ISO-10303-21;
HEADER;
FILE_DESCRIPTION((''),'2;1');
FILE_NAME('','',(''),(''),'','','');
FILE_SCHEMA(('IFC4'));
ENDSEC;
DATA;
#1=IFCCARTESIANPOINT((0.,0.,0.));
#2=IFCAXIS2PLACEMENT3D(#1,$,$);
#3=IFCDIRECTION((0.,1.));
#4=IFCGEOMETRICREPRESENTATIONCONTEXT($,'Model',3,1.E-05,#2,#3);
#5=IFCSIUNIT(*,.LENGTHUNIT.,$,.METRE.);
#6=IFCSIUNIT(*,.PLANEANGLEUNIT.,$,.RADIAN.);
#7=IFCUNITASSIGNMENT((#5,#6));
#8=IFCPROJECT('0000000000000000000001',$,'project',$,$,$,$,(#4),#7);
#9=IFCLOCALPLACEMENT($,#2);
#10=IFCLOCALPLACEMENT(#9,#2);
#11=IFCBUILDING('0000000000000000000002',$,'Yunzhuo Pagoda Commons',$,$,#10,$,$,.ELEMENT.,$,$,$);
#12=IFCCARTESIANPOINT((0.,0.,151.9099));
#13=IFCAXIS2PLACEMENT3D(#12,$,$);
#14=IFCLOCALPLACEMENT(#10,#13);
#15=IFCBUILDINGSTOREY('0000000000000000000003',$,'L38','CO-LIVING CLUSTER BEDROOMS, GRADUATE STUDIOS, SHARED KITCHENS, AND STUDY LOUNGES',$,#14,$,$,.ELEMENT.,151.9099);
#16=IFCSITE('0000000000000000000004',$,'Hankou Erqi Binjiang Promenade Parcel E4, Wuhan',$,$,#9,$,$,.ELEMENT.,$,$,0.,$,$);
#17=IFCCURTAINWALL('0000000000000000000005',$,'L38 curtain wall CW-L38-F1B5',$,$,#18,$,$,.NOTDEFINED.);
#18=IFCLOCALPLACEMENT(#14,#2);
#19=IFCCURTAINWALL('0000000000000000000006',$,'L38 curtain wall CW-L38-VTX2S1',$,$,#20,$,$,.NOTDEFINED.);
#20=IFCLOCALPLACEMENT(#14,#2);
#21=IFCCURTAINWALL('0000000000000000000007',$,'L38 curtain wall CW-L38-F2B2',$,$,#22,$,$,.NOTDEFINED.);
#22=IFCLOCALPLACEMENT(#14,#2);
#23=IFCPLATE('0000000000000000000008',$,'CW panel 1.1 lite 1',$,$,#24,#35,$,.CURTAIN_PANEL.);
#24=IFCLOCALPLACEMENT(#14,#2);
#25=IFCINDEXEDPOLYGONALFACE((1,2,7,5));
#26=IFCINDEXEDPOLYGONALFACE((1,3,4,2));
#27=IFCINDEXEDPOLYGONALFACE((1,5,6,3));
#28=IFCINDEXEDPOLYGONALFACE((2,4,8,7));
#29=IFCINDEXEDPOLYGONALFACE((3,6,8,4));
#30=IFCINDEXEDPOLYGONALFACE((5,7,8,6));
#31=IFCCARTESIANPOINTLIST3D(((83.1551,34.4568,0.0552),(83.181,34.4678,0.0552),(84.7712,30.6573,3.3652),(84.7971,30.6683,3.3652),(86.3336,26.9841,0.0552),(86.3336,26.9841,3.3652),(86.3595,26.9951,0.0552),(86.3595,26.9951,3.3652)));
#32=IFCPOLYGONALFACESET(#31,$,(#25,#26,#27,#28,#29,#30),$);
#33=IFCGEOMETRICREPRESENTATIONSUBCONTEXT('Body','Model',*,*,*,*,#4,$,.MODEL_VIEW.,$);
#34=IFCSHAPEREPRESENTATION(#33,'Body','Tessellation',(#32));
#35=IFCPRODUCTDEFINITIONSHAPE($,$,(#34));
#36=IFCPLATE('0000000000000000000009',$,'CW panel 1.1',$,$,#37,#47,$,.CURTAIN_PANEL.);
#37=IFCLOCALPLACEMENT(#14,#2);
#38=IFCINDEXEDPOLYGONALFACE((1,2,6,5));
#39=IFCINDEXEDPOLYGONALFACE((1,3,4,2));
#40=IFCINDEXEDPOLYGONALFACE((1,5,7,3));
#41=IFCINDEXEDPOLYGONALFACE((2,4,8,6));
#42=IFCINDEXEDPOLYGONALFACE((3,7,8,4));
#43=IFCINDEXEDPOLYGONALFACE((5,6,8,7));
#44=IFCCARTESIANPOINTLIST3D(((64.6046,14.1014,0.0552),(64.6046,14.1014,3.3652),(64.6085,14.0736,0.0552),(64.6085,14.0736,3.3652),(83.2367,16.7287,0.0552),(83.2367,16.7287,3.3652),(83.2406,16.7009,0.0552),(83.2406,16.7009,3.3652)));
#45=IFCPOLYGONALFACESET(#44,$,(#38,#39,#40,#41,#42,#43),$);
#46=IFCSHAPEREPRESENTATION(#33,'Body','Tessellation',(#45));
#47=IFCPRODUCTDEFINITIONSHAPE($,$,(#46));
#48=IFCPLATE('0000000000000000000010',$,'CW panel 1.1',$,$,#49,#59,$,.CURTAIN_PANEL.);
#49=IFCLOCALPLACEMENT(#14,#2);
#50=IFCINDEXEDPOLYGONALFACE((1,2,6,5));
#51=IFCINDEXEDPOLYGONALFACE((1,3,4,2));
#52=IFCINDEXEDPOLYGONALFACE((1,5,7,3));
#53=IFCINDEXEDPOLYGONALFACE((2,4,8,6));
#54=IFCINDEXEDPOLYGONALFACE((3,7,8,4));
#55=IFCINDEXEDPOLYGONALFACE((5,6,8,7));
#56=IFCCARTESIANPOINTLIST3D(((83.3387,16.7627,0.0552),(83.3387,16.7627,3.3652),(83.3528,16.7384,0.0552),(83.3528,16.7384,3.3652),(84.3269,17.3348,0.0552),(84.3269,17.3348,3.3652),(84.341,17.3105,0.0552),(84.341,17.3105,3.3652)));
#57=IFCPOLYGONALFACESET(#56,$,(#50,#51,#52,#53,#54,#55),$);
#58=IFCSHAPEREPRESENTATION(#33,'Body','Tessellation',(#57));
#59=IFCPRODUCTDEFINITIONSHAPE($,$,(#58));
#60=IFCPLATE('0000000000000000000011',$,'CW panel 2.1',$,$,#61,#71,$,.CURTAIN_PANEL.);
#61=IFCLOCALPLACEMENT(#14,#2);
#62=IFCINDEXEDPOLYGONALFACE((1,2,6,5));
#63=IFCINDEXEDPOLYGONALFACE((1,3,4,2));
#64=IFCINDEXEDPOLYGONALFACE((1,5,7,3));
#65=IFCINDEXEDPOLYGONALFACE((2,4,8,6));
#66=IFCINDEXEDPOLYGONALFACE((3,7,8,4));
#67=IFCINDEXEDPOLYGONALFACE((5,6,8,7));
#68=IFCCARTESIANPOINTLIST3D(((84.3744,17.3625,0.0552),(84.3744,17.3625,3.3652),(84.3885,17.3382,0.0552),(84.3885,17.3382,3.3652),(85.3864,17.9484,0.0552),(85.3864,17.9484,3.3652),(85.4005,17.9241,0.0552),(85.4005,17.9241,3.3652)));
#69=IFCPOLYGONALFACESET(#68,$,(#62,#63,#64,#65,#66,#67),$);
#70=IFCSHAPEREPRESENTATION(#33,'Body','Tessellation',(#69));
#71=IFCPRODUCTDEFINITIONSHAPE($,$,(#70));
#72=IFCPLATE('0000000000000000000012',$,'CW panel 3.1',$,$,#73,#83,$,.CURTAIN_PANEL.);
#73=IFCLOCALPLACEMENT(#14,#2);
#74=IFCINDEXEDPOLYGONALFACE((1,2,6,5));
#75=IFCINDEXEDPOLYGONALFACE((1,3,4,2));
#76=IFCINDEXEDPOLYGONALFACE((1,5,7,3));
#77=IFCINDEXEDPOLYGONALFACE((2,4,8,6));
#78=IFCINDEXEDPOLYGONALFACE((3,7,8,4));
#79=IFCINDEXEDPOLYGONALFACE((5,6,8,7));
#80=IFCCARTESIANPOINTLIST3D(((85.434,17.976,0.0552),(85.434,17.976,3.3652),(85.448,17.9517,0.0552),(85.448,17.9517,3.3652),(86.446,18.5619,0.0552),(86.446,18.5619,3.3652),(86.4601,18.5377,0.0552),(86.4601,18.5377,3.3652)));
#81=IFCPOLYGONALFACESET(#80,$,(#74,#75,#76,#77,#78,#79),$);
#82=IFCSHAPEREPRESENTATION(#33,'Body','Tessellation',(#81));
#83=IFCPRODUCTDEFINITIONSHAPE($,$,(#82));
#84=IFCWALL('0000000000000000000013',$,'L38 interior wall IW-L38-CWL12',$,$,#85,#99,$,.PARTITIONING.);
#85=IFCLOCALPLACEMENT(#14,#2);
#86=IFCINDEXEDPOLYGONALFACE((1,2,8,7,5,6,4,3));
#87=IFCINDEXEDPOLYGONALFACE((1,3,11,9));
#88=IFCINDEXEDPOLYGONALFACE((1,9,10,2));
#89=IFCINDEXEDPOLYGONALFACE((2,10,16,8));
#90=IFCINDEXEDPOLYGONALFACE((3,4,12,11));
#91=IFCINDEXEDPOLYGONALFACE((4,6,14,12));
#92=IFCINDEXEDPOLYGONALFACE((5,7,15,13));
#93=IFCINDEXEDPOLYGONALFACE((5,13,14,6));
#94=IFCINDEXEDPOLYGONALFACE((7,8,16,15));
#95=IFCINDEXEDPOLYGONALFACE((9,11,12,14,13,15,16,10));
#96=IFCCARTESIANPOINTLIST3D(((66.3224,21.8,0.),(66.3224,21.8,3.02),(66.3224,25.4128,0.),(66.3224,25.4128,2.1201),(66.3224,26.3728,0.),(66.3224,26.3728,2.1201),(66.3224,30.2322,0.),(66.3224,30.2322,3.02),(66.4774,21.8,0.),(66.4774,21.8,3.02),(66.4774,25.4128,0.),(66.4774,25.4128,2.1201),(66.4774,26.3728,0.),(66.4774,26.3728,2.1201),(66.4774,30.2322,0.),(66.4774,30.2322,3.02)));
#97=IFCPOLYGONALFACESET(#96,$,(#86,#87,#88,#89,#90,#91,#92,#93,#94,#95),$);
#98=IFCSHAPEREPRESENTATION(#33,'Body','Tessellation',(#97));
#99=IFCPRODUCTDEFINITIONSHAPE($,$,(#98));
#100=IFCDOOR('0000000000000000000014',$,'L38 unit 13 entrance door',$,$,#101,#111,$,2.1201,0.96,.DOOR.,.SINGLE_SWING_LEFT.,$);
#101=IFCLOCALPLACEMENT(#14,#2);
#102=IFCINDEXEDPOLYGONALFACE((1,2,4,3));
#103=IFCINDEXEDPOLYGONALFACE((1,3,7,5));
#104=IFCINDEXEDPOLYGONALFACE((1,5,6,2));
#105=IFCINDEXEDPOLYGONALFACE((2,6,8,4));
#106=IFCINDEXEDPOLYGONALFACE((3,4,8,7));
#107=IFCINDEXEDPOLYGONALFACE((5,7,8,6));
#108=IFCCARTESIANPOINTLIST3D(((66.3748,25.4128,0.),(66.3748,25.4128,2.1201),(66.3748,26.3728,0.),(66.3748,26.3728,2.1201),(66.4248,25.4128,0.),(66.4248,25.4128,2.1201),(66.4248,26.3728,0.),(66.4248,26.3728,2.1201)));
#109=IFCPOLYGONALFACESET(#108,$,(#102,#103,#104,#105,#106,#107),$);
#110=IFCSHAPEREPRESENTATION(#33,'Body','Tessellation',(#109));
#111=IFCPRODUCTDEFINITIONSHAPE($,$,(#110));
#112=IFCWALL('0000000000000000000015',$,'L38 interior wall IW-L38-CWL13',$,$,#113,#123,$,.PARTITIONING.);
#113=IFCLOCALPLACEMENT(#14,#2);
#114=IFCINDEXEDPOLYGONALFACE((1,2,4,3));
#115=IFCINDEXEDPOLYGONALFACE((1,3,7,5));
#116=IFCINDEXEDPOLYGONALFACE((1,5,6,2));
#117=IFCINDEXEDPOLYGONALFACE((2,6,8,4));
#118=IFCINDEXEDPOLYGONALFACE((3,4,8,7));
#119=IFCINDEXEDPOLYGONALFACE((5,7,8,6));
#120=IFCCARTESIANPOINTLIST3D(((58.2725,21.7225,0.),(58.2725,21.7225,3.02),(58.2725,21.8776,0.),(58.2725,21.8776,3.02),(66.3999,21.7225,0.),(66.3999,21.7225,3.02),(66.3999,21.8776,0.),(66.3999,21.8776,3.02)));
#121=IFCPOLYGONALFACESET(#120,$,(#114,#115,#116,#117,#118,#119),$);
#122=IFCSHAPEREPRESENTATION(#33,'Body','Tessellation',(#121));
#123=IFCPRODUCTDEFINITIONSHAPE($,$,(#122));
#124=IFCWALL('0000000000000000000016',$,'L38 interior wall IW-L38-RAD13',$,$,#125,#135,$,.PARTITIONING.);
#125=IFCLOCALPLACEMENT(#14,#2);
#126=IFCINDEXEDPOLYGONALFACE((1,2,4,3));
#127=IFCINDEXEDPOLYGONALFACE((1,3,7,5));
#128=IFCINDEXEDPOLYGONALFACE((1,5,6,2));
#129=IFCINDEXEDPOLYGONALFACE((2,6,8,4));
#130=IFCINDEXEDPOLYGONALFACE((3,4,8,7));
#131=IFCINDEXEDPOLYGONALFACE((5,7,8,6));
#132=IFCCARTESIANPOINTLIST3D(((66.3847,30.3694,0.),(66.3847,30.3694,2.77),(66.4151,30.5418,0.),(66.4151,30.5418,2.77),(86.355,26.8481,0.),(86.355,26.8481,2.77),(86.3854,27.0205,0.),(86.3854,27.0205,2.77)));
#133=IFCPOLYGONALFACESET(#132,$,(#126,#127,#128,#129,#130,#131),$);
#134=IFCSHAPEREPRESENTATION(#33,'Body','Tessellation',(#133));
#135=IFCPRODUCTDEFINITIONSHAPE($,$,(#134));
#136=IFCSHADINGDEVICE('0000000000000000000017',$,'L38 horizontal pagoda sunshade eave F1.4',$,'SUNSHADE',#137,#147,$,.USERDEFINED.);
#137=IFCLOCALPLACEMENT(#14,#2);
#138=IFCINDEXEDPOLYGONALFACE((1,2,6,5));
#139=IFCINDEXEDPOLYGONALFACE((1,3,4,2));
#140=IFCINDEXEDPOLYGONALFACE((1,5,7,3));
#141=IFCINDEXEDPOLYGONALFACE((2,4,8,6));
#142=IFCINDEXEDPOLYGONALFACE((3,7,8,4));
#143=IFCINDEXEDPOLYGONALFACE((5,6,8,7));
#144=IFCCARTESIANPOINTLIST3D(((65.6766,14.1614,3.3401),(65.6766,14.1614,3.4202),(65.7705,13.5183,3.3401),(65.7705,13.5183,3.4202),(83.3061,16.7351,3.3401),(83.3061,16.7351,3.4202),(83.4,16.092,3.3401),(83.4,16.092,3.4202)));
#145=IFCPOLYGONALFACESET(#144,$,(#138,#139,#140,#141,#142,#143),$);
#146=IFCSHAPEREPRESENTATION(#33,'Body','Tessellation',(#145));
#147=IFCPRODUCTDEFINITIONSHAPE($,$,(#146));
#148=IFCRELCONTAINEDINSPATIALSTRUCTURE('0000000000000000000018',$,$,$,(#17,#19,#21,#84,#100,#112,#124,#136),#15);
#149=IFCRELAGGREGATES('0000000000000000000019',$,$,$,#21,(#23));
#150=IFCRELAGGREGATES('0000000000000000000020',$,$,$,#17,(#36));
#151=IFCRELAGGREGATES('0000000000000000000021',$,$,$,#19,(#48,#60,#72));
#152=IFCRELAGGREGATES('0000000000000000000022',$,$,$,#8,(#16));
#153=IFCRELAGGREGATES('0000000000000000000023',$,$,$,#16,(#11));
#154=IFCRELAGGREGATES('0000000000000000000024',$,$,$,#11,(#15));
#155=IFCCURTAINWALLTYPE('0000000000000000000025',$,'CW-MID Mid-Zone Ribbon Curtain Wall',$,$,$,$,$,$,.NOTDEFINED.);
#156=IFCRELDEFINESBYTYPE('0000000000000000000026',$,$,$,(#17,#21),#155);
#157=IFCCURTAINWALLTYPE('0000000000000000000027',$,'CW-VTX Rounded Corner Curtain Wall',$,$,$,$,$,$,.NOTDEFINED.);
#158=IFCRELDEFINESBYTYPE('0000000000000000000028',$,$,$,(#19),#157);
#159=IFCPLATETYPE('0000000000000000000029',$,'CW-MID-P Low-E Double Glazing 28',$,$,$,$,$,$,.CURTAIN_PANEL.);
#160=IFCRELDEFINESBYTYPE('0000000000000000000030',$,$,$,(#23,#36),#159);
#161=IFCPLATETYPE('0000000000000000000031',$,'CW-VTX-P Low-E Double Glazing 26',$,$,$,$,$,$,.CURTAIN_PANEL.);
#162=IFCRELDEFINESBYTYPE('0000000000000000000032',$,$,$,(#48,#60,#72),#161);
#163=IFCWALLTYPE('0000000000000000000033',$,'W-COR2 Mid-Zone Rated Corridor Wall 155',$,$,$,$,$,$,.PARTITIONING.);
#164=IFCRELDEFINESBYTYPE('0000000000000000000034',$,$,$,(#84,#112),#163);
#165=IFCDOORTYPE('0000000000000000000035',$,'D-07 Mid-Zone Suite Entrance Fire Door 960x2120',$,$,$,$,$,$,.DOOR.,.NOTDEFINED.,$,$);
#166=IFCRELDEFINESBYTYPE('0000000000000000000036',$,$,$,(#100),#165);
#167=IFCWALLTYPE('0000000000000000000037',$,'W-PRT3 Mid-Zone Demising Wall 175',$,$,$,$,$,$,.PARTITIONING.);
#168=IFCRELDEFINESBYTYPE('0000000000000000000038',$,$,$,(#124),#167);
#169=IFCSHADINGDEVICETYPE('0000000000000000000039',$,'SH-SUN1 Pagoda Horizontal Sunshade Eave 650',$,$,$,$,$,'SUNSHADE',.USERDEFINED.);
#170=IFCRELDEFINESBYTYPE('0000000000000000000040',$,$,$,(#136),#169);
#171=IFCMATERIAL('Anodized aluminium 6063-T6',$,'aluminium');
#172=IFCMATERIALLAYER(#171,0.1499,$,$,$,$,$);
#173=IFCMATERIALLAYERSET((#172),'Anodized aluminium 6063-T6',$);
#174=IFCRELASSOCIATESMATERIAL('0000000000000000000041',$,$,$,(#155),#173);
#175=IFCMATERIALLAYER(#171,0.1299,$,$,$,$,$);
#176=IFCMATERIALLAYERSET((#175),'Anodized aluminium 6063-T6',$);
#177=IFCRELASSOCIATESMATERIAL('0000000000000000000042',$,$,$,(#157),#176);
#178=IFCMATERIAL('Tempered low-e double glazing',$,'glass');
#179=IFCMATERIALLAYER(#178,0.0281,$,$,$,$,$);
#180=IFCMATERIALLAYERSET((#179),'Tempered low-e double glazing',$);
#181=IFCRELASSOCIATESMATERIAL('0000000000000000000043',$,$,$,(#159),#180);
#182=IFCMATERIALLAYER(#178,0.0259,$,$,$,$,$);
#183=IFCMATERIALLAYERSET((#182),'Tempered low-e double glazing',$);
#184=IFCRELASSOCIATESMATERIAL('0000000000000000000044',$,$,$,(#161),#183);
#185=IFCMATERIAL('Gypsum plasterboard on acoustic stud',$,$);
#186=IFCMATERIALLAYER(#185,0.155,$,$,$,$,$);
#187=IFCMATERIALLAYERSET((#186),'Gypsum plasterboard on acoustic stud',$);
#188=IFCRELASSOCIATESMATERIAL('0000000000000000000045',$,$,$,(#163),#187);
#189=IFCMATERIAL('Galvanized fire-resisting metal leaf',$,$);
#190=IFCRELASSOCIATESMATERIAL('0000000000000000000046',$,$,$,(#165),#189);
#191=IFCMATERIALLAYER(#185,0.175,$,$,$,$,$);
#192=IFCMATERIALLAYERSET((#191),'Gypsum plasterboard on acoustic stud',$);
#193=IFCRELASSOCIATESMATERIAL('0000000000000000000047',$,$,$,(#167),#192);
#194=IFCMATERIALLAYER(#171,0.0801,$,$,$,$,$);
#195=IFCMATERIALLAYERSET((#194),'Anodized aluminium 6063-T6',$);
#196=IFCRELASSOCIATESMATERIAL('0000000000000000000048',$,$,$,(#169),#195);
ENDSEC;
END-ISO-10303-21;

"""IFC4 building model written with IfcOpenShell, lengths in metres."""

from ifc_helpers import new_model, si_unit, direction, frame, frame_2d, origin, origin_with_axes, origin_2d, place, context, subcontext, project, spatial, polyline, rectangle, outline, extrude, source, transform, mapped, material, layer, layer_set, type_object, element, fill, aggregate, save


model = new_model("IFC4")

# Units and contexts
model_context = context("Model", 3, precision=1e-05, world=origin(), true_north=direction((0.0, 1.0)))
body_context = subcontext(model_context, "Body", "Model", "MODEL_VIEW")
ifc_project = project(units=[si_unit("LENGTHUNIT", "METRE"), si_unit("PLANEANGLEUNIT", "RADIAN")], contexts=[model_context])

# Site, building, storey
site_placement = place(None, origin())
site = spatial("IfcSite", under=ifc_project, at=site_placement, Name="Hankou Erqi Binjiang Promenade Parcel E4, Wuhan", CompositionType="ELEMENT", RefElevation=0.0)
building_placement = place(site_placement, origin())
building = spatial("IfcBuilding", under=site, at=building_placement, Name="Yunzhuo Pagoda Commons", CompositionType="ELEMENT")
storey_placement = place(building_placement, frame((0.0, 0.0, 151.9099)))
storey = spatial("IfcBuildingStorey", under=building, at=storey_placement, Name="L38", Description="CO-LIVING CLUSTER BEDROOMS, GRADUATE STUDIOS, SHARED KITCHENS, AND STUDY LOUNGES", CompositionType="ELEMENT", Elevation=151.9099)

# Curtain walls
ifc_material_1 = material(Name="Anodized aluminium 6063-T6", Category="aluminium")
ifc_layer_1 = layer(ifc_material_1, 0.1499)
ifc_layer_set_1 = layer_set([ifc_layer_1], Name="Anodized aluminium 6063-T6")
curtain_wall_type_1 = type_object("IfcCurtainWallType", Name="CW-MID Mid-Zone Ribbon Curtain Wall", PredefinedType="NOTDEFINED", material=ifc_layer_set_1)
curtain_wall_1_placement = place(storey_placement, origin())
curtain_wall_1 = element("IfcCurtainWall", 1, at=curtain_wall_1_placement, inside=storey, type_object=curtain_wall_type_1, Name="L38 curtain wall CW-L38-F1B5", PredefinedType="NOTDEFINED")
ifc_layer_2 = layer(ifc_material_1, 0.1299)
ifc_layer_set_2 = layer_set([ifc_layer_2], Name="Anodized aluminium 6063-T6")
curtain_wall_type_2 = type_object("IfcCurtainWallType", Name="CW-VTX Rounded Corner Curtain Wall", PredefinedType="NOTDEFINED", material=ifc_layer_set_2)
curtain_wall_2_placement = place(storey_placement, origin())
curtain_wall_2 = element("IfcCurtainWall", 2, at=curtain_wall_2_placement, inside=storey, type_object=curtain_wall_type_2, Name="L38 curtain wall CW-L38-VTX2S1", PredefinedType="NOTDEFINED")

# Curtain wall
curtain_wall_3_placement = place(storey_placement, origin())
curtain_wall_3 = element("IfcCurtainWall", 3, at=curtain_wall_3_placement, inside=storey, type_object=curtain_wall_type_1, Name="L38 curtain wall CW-L38-F2B2", PredefinedType="NOTDEFINED")

# Plates
ifc_material_2 = material(Name="Tempered low-e double glazing", Category="glass")
ifc_layer_3 = layer(ifc_material_2, 0.0281)
ifc_layer_set_3 = layer_set([ifc_layer_3], Name="Tempered low-e double glazing")
plate_type_1 = type_object("IfcPlateType", Name="CW-MID-P Low-E Double Glazing 28", PredefinedType="CURTAIN_PANEL", material=ifc_layer_set_3)
plate_1_placement = place(storey_placement, frame((84.7444, 30.7205, 1.7102), z_axis=(0.920217, 0.391409, 0.0), x_axis=(-0.391409, 0.920217, 0.0)))
plate_1 = element("IfcPlate", 4, at=plate_1_placement, type_object=plate_type_1, Name="CW panel 1.1 lite 1", PredefinedType="CURTAIN_PANEL", context=body_context, shape_type="SweptSolid", body=[
    extrude(outline(polyline([(-4.0603, -1.655), (4.0603, -1.655), (-0.0686, 1.655), (-4.0603, 1.655), (-4.0603, -1.655)])), origin(), (0.0, 0.0, 1.0), 0.0281),
])
aggregate(curtain_wall_3, [plate_1])
shared_shape_1 = source(origin(), body_context, "Body", "SweptSolid", [
    extrude(rectangle(XDim=18.8164, YDim=0.0281, at=origin_2d()), origin(), (0.0, 0.0, 1.0), 3.3101),
])
plate_2_placement = place(storey_placement, frame((73.9226, 15.4011, 0.0552), z_axis=(0.0, 0.0, 1.0), x_axis=(0.990204, 0.13963, 0.0)))
plate_2 = element("IfcPlate", 5, at=plate_2_placement, type_object=plate_type_1, Name="CW panel 1.1", PredefinedType="CURTAIN_PANEL", context=body_context, shape_type="MappedRepresentation", body=[
    mapped(shared_shape_1, transform((0.0, 0.0, 0.0), scale=1.0)),
])
aggregate(curtain_wall_1, [plate_2])
ifc_layer_4 = layer(ifc_material_2, 0.0259)
ifc_layer_set_4 = layer_set([ifc_layer_4], Name="Tempered low-e double glazing")
plate_type_2 = type_object("IfcPlateType", Name="CW-VTX-P Low-E Double Glazing 26", PredefinedType="CURTAIN_PANEL", material=ifc_layer_set_4)
shared_shape_2 = source(origin(), body_context, "Body", "SweptSolid", [
    extrude(rectangle(XDim=1.1418, YDim=0.0281, at=origin_2d()), origin(), (0.0, 0.0, 1.0), 3.3101),
])
plate_3_placement = place(storey_placement, frame((83.8398, 17.0366, 0.0552), z_axis=(0.0, 0.0, 1.0), x_axis=(0.865427, 0.501035, 0.0)))
plate_3 = element("IfcPlate", 6, at=plate_3_placement, type_object=plate_type_2, Name="CW panel 1.1", PredefinedType="CURTAIN_PANEL", context=body_context, shape_type="MappedRepresentation", body=[
    mapped(shared_shape_2, transform((0.0, 0.0, 0.0), scale=1.0)),
])
shared_shape_3 = source(origin(), body_context, "Body", "SweptSolid", [
    extrude(rectangle(XDim=1.1694, YDim=0.0281, at=origin_2d()), origin(), (0.0, 0.0, 1.0), 3.3101),
])
plate_4_placement = place(storey_placement, frame((84.8875, 17.6433, 0.0552), z_axis=(0.0, 0.0, 1.0), x_axis=(0.865427, 0.501035, 0.0)))
plate_4 = element("IfcPlate", 7, at=plate_4_placement, type_object=plate_type_2, Name="CW panel 2.1", PredefinedType="CURTAIN_PANEL", context=body_context, shape_type="MappedRepresentation", body=[
    mapped(shared_shape_3, transform((0.0, 0.0, 0.0), scale=1.0)),
])
plate_5_placement = place(storey_placement, frame((85.947, 18.2568, 0.0552), z_axis=(0.0, 0.0, 1.0), x_axis=(0.865427, 0.501035, 0.0)))
plate_5 = element("IfcPlate", 8, at=plate_5_placement, type_object=plate_type_2, Name="CW panel 3.1", PredefinedType="CURTAIN_PANEL", context=body_context, shape_type="MappedRepresentation", body=[
    mapped(shared_shape_3, transform((0.0, 0.0, 0.0), scale=1.0)),
])
aggregate(curtain_wall_2, [plate_3, plate_4, plate_5])

# Wall, opening, door
ifc_material_3 = material(Name="Gypsum plasterboard on acoustic stud")
ifc_layer_5 = layer(ifc_material_3, 0.155)
ifc_layer_set_5 = layer_set([ifc_layer_5], Name="Gypsum plasterboard on acoustic stud")
wall_type_1 = type_object("IfcWallType", Name="W-COR2 Mid-Zone Rated Corridor Wall 155", PredefinedType="PARTITIONING", material=ifc_layer_set_5)
wall_1_placement = place(storey_placement, frame((66.3999, 30.2322, 0.0), z_axis=(0.0, 0.0, 1.0), x_axis=(0.0, -1.0, 0.0)))
wall_1 = element("IfcWall", 9, at=wall_1_placement, inside=storey, type_object=wall_type_1, Name="L38 interior wall IW-L38-CWL12", PredefinedType="PARTITIONING", context=body_context, shape_type="SweptSolid", body=[
    extrude(rectangle(XDim=8.4321, YDim=0.155, at=frame_2d((4.2161, 0.0))), origin(), (0.0, 0.0, 1.0), 3.02),
])
opening_placement = place(wall_1_placement, frame((3.8594, 0.0, 0.0)))
opening = element("IfcOpeningElement", 10, at=opening_placement, cuts=wall_1, PredefinedType="OPENING", context=body_context, shape_type="SweptSolid", body=[
    extrude(rectangle(XDim=0.96, YDim=2.1201, at=frame_2d((0.48, 1.0601))), frame((0.0, 0.0874, 0.0), z_axis=(0.0, -1.0, 0.0), x_axis=(1.0, 0.0, 0.0)), (0.0, 0.0, 1.0), 0.175),
])
ifc_material_4 = material(Name="Galvanized fire-resisting metal leaf")
door_type = type_object("IfcDoorType", Name="D-07 Mid-Zone Suite Entrance Fire Door 960x2120", OperationType="NOTDEFINED", PredefinedType="DOOR", material=ifc_material_4)
shared_shape_4 = source(origin(), body_context, "Body", "SweptSolid", [
    extrude(rectangle(XDim=0.96, YDim=2.1201, at=frame_2d((0.48, 1.0601))), frame((0.0, 0.0249, 0.0), z_axis=(0.0, -1.0, 0.0), x_axis=(1.0, 0.0, 0.0)), (0.0, 0.0, 1.0), 0.05),
])
door_placement = place(opening_placement, origin_with_axes())
door = element("IfcDoor", 11, at=door_placement, inside=storey, type_object=door_type, Name="L38 unit 13 entrance door", OperationType="SINGLE_SWING_LEFT", OverallHeight=2.1201, OverallWidth=0.96, PredefinedType="DOOR", context=body_context, shape_type="MappedRepresentation", body=[
    mapped(shared_shape_4, transform((0.0, 0.0, 0.0), scale=1.0)),
])
fill(opening, door)

# Walls
wall_2_placement = place(storey_placement, frame((66.3999, 21.8, 0.0), z_axis=(0.0, 0.0, 1.0), x_axis=(-1.0, 0.0, 0.0)))
element("IfcWall", 12, at=wall_2_placement, inside=storey, type_object=wall_type_1, Name="L38 interior wall IW-L38-CWL13", PredefinedType="PARTITIONING", context=body_context, shape_type="SweptSolid", body=[
    extrude(rectangle(XDim=8.1274, YDim=0.155, at=frame_2d((4.0637, 0.0))), origin(), (0.0, 0.0, 1.0), 3.02),
])
ifc_layer_6 = layer(ifc_material_3, 0.175)
ifc_layer_set_6 = layer_set([ifc_layer_6], Name="Gypsum plasterboard on acoustic stud")
wall_type_2 = type_object("IfcWallType", Name="W-PRT3 Mid-Zone Demising Wall 175", PredefinedType="PARTITIONING", material=ifc_layer_set_6)
wall_3_placement = place(storey_placement, frame((66.3999, 30.4556, 0.0), z_axis=(0.0, 0.0, 1.0), x_axis=(0.984808, -0.173646, 0.0)))
element("IfcWall", 13, at=wall_3_placement, inside=storey, type_object=wall_type_2, Name="L38 interior wall IW-L38-RAD13", PredefinedType="PARTITIONING", context=body_context, shape_type="SweptSolid", body=[
    extrude(rectangle(XDim=20.2783, YDim=0.175, at=frame_2d((10.1392, 0.0))), origin(), (0.0, 0.0, 1.0), 2.77),
])

# Shading device
ifc_layer_7 = layer(ifc_material_1, 0.0801)
ifc_layer_set_7 = layer_set([ifc_layer_7], Name="Anodized aluminium 6063-T6")
shading_device_type = type_object("IfcShadingDeviceType", Name="SH-SUN1 Pagoda Horizontal Sunshade Eave 650", ElementType="SUNSHADE", PredefinedType="USERDEFINED", material=ifc_layer_set_7)
shared_shape_5 = source(origin(), body_context, "Body", "SweptSolid", [
    extrude(rectangle(XDim=17.8164, YDim=0.6499, at=origin_2d()), origin(), (0.0, 0.0, 1.0), 0.0801),
])
shading_device_placement = place(storey_placement, frame((74.5383, 15.1267, 3.3401), z_axis=(0.0, 0.0, 1.0), x_axis=(0.989511, 0.14446, 0.0)))
element("IfcShadingDevice", 14, at=shading_device_placement, inside=storey, type_object=shading_device_type, Name="L38 horizontal pagoda sunshade eave F1.4", ObjectType="SUNSHADE", PredefinedType="USERDEFINED", context=body_context, shape_type="MappedRepresentation", body=[
    mapped(shared_shape_5, transform((0.0, 0.0, 0.0), scale=1.0)),
])

save(model, "model.ifc")
